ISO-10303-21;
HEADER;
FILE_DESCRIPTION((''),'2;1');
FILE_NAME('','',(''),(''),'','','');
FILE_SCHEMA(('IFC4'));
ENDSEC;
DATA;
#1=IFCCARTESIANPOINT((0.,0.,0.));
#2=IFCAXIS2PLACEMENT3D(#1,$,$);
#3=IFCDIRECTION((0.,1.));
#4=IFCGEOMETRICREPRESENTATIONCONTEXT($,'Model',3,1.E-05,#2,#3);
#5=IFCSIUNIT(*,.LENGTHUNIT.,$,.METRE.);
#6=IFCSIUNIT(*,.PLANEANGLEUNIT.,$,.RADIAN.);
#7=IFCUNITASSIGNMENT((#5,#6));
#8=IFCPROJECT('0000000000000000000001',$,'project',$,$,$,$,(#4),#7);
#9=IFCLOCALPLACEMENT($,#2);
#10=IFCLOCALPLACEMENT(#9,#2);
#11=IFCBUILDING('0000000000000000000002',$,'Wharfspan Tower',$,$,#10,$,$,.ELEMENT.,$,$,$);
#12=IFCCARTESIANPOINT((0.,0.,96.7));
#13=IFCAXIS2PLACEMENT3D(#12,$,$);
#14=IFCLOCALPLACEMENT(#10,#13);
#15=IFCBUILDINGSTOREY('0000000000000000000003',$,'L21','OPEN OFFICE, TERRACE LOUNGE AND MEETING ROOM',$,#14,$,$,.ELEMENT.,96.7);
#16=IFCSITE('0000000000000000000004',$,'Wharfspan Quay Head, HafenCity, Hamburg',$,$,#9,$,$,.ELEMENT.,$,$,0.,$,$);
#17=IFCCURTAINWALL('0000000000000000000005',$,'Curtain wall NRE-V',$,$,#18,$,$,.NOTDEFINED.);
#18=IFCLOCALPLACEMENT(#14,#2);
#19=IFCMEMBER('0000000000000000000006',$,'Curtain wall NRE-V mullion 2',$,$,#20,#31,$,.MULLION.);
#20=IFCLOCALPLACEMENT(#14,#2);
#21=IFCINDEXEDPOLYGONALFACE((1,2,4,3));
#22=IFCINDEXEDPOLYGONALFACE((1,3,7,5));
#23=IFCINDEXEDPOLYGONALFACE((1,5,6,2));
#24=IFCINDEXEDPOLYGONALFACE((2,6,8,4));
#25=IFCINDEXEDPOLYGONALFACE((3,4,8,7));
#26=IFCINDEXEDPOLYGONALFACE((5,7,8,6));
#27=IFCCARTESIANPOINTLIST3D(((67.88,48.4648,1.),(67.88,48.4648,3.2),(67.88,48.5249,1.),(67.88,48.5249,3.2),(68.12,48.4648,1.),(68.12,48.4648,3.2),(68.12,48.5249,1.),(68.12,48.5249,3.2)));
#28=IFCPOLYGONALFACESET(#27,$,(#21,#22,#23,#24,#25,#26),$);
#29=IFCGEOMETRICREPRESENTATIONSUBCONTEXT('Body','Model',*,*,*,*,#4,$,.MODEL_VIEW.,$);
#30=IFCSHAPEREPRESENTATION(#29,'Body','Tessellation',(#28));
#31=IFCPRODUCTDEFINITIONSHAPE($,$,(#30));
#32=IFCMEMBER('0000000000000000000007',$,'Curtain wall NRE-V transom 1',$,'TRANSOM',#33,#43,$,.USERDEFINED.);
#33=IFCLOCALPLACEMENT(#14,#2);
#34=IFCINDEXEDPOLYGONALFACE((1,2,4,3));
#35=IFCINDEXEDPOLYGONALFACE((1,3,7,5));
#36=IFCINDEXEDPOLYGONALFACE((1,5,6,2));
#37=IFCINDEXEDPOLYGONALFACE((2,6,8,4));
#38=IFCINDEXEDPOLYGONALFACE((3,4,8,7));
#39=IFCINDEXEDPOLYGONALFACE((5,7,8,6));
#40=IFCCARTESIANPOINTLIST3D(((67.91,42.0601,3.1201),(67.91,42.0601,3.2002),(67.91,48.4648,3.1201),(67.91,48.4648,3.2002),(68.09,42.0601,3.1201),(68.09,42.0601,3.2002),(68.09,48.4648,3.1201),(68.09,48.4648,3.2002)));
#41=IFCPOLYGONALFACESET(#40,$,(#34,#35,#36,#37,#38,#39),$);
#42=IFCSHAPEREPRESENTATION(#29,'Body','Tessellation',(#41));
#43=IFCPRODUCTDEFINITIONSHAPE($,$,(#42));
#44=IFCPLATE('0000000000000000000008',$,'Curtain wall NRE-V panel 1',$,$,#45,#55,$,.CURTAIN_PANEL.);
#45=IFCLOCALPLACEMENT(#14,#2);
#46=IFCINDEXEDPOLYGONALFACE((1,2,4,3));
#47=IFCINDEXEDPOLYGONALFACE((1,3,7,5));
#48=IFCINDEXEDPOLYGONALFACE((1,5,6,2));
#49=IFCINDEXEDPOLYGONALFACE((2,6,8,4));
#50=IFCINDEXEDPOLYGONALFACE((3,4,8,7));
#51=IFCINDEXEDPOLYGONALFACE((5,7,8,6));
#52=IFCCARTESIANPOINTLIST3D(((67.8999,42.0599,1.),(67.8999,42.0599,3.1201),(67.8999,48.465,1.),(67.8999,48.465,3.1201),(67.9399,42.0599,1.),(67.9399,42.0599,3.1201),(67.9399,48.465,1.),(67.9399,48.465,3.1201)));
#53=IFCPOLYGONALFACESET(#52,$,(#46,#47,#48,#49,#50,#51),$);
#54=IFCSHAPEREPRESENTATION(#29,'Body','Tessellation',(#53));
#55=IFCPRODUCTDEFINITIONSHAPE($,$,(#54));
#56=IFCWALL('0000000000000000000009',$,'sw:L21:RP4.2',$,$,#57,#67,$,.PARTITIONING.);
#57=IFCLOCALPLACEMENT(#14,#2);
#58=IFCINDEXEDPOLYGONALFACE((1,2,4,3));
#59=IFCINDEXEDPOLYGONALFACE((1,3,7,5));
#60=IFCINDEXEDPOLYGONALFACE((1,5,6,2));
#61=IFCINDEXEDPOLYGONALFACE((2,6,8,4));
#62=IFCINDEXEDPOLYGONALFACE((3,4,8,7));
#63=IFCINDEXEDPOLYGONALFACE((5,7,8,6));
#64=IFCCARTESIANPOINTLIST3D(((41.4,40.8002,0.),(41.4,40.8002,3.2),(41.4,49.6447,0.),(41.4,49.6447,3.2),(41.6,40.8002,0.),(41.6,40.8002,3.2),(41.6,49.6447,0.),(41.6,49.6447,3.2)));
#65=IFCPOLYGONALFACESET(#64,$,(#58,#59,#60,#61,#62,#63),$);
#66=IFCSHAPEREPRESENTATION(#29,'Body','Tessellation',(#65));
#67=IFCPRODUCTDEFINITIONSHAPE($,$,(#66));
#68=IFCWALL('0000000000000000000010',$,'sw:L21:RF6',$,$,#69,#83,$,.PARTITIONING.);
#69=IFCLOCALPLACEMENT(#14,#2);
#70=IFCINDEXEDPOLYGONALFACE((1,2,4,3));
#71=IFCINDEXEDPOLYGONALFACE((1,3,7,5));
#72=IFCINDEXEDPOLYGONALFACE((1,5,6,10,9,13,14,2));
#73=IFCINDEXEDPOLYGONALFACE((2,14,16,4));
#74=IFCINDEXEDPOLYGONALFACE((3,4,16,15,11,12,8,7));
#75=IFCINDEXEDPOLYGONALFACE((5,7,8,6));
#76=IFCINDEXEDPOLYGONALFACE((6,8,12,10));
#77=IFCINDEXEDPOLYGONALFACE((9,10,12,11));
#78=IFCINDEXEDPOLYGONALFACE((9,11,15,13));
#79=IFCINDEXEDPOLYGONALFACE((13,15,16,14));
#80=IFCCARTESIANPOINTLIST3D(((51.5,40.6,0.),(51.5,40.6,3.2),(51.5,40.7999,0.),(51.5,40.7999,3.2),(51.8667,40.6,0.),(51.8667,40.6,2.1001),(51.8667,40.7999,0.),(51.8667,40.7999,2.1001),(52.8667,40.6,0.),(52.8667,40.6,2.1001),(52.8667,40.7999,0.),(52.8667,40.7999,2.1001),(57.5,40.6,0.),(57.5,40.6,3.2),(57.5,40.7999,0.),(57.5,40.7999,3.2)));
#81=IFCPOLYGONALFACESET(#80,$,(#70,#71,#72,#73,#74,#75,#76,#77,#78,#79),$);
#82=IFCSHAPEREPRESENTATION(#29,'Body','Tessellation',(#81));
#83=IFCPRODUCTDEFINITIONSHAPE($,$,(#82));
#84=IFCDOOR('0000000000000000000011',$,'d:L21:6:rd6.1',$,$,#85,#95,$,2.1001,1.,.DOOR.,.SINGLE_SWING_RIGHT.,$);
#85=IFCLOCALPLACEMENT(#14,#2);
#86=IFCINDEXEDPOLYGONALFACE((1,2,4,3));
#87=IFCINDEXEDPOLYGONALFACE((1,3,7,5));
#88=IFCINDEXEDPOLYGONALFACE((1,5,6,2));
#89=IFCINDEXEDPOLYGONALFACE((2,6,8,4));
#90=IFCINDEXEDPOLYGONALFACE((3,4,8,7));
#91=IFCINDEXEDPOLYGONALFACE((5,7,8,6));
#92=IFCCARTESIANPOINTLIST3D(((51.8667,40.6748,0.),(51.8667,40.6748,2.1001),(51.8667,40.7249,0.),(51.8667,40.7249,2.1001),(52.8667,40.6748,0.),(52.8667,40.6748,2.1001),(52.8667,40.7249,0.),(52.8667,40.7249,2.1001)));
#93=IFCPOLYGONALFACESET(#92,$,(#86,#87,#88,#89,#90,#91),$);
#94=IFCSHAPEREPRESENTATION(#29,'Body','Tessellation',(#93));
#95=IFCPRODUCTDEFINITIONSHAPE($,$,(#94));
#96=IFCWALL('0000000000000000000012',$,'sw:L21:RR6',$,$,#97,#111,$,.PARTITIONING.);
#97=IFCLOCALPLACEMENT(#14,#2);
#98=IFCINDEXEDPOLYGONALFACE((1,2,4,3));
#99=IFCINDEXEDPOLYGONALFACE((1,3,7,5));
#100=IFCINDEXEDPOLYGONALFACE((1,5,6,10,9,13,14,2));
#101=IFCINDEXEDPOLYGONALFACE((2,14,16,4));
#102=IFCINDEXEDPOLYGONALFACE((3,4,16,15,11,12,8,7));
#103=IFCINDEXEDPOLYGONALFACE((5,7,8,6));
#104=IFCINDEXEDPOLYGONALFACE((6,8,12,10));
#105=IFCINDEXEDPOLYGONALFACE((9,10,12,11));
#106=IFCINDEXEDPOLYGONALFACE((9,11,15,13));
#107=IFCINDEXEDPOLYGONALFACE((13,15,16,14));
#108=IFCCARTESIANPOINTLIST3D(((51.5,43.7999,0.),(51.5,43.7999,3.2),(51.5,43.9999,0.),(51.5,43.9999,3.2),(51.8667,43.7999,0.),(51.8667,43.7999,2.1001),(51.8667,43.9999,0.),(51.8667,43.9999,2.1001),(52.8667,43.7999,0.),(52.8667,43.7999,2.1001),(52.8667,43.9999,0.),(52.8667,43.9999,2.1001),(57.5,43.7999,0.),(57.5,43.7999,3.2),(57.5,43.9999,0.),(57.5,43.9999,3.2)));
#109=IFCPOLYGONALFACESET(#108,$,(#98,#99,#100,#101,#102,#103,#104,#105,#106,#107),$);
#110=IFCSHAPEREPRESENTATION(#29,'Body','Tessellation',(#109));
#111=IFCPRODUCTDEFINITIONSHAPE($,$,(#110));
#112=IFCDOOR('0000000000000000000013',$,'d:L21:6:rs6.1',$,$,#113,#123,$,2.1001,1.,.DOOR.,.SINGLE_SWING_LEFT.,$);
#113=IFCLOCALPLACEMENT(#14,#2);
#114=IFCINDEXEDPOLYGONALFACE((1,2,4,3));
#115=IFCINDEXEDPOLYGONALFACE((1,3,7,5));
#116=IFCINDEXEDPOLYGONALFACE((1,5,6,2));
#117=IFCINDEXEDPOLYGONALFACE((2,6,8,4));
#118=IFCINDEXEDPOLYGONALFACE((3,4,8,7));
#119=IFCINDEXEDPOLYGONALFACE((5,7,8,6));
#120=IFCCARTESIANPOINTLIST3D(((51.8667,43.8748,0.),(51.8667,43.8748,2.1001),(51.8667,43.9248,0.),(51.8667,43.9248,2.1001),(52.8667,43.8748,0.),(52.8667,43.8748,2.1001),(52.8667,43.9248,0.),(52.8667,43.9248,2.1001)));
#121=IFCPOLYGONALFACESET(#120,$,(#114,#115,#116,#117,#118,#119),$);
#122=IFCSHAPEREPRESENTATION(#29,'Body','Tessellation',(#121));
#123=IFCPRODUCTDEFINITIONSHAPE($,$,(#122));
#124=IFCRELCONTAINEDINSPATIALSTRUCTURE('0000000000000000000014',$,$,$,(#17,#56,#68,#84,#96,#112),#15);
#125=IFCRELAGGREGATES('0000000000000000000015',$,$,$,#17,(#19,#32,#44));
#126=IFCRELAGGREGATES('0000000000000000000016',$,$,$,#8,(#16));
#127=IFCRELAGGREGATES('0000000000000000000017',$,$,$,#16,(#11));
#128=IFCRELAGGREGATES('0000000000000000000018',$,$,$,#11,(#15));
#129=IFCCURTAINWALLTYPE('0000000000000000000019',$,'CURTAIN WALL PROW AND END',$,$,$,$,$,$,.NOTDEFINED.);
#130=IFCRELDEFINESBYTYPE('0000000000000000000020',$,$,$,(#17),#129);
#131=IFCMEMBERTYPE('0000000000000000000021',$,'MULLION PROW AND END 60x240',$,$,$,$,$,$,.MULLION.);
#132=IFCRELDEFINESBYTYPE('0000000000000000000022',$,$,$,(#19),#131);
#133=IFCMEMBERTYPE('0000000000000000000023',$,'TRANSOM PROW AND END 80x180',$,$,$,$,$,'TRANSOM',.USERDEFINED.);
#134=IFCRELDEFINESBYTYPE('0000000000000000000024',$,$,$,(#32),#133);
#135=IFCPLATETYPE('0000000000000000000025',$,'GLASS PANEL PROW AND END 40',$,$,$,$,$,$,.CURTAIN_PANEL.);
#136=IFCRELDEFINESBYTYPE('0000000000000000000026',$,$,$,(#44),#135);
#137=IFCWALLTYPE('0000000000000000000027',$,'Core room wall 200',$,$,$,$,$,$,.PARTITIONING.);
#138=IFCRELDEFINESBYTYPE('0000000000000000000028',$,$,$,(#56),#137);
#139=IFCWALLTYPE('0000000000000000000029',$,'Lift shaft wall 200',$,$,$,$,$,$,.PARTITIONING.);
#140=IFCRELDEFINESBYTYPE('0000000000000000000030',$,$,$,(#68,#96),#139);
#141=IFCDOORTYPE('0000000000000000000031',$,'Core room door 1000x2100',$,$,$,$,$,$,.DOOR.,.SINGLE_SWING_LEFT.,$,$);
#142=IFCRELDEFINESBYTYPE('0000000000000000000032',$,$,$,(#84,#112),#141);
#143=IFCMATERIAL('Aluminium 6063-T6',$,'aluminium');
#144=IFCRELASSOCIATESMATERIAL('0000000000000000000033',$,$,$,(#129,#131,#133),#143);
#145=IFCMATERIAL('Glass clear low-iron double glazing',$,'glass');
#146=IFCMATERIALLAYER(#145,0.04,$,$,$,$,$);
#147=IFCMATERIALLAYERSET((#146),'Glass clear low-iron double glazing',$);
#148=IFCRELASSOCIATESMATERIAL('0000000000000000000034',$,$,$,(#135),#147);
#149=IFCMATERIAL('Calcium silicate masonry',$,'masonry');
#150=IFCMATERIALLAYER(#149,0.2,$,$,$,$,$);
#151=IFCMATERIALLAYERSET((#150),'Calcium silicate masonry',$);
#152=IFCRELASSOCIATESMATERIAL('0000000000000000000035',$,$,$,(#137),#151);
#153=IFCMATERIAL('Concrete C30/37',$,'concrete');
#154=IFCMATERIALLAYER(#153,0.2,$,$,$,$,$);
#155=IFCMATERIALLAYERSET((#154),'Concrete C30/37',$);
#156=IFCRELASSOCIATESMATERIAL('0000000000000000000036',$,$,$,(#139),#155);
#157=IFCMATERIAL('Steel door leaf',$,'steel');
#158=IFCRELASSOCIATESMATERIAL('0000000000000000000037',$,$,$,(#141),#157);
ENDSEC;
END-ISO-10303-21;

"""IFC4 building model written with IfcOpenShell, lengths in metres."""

from ifc_helpers import new_model, si_unit, direction, frame, frame_2d, origin, origin_2d, place, context, subcontext, project, spatial, rectangle, extrude, material, layer, layer_set, material_profile, profile_set, type_object, element, fill, aggregate, save


model = new_model("IFC4")

# Units and contexts
model_context = context("Model", 3, precision=1e-05, world=origin(), true_north=direction((0.0, 1.0)))
body_context = subcontext(model_context, "Body", "Model", "MODEL_VIEW")
ifc_project = project(units=[si_unit("LENGTHUNIT", "METRE"), si_unit("PLANEANGLEUNIT", "RADIAN")], contexts=[model_context])

# Site, building, storey
site_placement = place(None, origin())
site = spatial("IfcSite", under=ifc_project, at=site_placement, Name="Wharfspan Quay Head, HafenCity, Hamburg", CompositionType="ELEMENT", RefElevation=0.0)
building_placement = place(site_placement, origin())
building = spatial("IfcBuilding", under=site, at=building_placement, Name="Wharfspan Tower", CompositionType="ELEMENT")
storey_placement = place(building_placement, frame((0.0, 0.0, 96.7)))
storey = spatial("IfcBuildingStorey", under=building, at=storey_placement, Name="L21", Description="OPEN OFFICE, TERRACE LOUNGE AND MEETING ROOM", CompositionType="ELEMENT", Elevation=96.7)

# Shared definitions
ifc_material_1 = material(Name="Aluminium 6063-T6", Category="aluminium")
curtain_wall_type = type_object("IfcCurtainWallType", Name="CURTAIN WALL PROW AND END", PredefinedType="NOTDEFINED", material=ifc_material_1)
ifc_material_profile_1 = material_profile(ifc_material_1, rectangle(XDim=0.24, YDim=0.0601, at=origin_2d()))
ifc_profile_set_1 = profile_set([ifc_material_profile_1], Name="Aluminium 6063-T6")
member_type_1 = type_object("IfcMemberType", Name="MULLION PROW AND END 60x240", PredefinedType="MULLION", material=ifc_profile_set_1)

# Curtain wall, members, plate
curtain_wall_1_placement = place(storey_placement, origin())
curtain_wall_1 = element("IfcCurtainWall", 1, at=curtain_wall_1_placement, inside=storey, type_object=curtain_wall_type, Name="Curtain wall NRE-V", PredefinedType="NOTDEFINED")
member_1_placement = place(storey_placement, frame((68.0, 48.4949, 1.0), z_axis=(0.0, 0.0, 1.0), x_axis=(-1.0, 0.0, 0.0)))
member_1 = element("IfcMember", 2, at=member_1_placement, type_object=member_type_1, Name="Curtain wall NRE-V mullion 2", PredefinedType="MULLION", context=body_context, shape_type="SweptSolid", body=[
    extrude(rectangle(XDim=0.24, YDim=0.0601, at=origin_2d()), origin(), (0.0, 0.0, 1.0), 2.2),
])
ifc_material_profile_2 = material_profile(ifc_material_1, rectangle(XDim=0.1799, YDim=0.0801, at=origin_2d()))
ifc_profile_set_2 = profile_set([ifc_material_profile_2], Name="Aluminium 6063-T6")
member_type_2 = type_object("IfcMemberType", Name="TRANSOM PROW AND END 80x180", ElementType="TRANSOM", PredefinedType="USERDEFINED", material=ifc_profile_set_2)
member_2_placement = place(storey_placement, frame((68.0, 42.0601, 3.1602), z_axis=(0.0, 1.0, 0.0), x_axis=(-1.0, 0.0, 0.0)))
member_2 = element("IfcMember", 3, at=member_2_placement, type_object=member_type_2, Name="Curtain wall NRE-V transom 1", ObjectType="TRANSOM", PredefinedType="USERDEFINED", context=body_context, shape_type="SweptSolid", body=[
    extrude(rectangle(XDim=0.1799, YDim=0.0801, at=origin_2d()), origin(), (0.0, 0.0, 1.0), 6.4048),
])
ifc_material_2 = material(Name="Glass clear low-iron double glazing", Category="glass")
ifc_layer_1 = layer(ifc_material_2, 0.04)
ifc_layer_set_1 = layer_set([ifc_layer_1], Name="Glass clear low-iron double glazing")
plate_type = type_object("IfcPlateType", Name="GLASS PANEL PROW AND END 40", PredefinedType="CURTAIN_PANEL", material=ifc_layer_set_1)
plate_placement = place(storey_placement, frame((67.9199, 45.2625, 1.0), z_axis=(0.0, 0.0, 1.0), x_axis=(0.0, 1.0, 0.0)))
plate = element("IfcPlate", 4, at=plate_placement, type_object=plate_type, Name="Curtain wall NRE-V panel 1", PredefinedType="CURTAIN_PANEL", context=body_context, shape_type="SweptSolid", body=[
    extrude(rectangle(XDim=6.405, YDim=0.04, at=origin_2d()), origin(), (0.0, 0.0, 1.0), 2.1201),
])
aggregate(curtain_wall_1, [member_1, member_2, plate])

# Wall
ifc_material_3 = material(Name="Calcium silicate masonry", Category="masonry")
ifc_layer_2 = layer(ifc_material_3, 0.2)
ifc_layer_set_2 = layer_set([ifc_layer_2], Name="Calcium silicate masonry")
wall_type_1 = type_object("IfcWallType", Name="Core room wall 200", PredefinedType="PARTITIONING", material=ifc_layer_set_2)
wall_1_placement = place(storey_placement, frame((41.5, 40.8, 0.0), z_axis=(0.0, 0.0, 1.0), x_axis=(0.0, 1.0, 0.0)))
element("IfcWall", 5, at=wall_1_placement, inside=storey, type_object=wall_type_1, Name="sw:L21:RP4.2", PredefinedType="PARTITIONING", context=body_context, shape_type="SweptSolid", body=[
    extrude(rectangle(XDim=8.8445, YDim=0.2, at=frame_2d((4.4224, 0.0))), origin(), (0.0, 0.0, 1.0), 3.2),
])

# Walls, openings, doors
ifc_material_4 = material(Name="Concrete C30/37", Category="concrete")
ifc_layer_3 = layer(ifc_material_4, 0.2)
ifc_layer_set_3 = layer_set([ifc_layer_3], Name="Concrete C30/37")
wall_type_2 = type_object("IfcWallType", Name="Lift shaft wall 200", PredefinedType="PARTITIONING", material=ifc_layer_set_3)
wall_2_placement = place(storey_placement, frame((51.5, 40.7, 0.0), z_axis=(0.0, 0.0, 1.0), x_axis=(1.0, 0.0, 0.0)))
wall_2 = element("IfcWall", 6, at=wall_2_placement, inside=storey, type_object=wall_type_2, Name="sw:L21:RF6", PredefinedType="PARTITIONING", context=body_context, shape_type="SweptSolid", body=[
    extrude(rectangle(XDim=6.0, YDim=0.2, at=frame_2d((3.0, 0.0))), origin(), (0.0, 0.0, 1.0), 3.2),
])
opening_1_placement = place(wall_2_placement, frame((0.3667, 0.0, 0.0)))
opening_1 = element("IfcOpeningElement", 7, at=opening_1_placement, cuts=wall_2, PredefinedType="OPENING", context=body_context, shape_type="SweptSolid", body=[
    extrude(rectangle(XDim=1.0, YDim=2.1001, at=frame_2d((0.5, 1.05))), frame((0.0, 0.1099, 0.0), z_axis=(0.0, -1.0, 0.0), x_axis=(1.0, 0.0, 0.0)), (0.0, 0.0, 1.0), 0.22),
])
ifc_material_5 = material(Name="Steel door leaf", Category="steel")
door_type_1 = type_object("IfcDoorType", Name="Core room door 1000x2100", OperationType="SINGLE_SWING_LEFT", PredefinedType="DOOR", material=ifc_material_5)
door_1_placement = place(opening_1_placement, origin())
door_1 = element("IfcDoor", 8, at=door_1_placement, inside=storey, type_object=door_type_1, Name="d:L21:6:rd6.1", OperationType="SINGLE_SWING_RIGHT", OverallHeight=2.1001, OverallWidth=1.0, PredefinedType="DOOR", context=body_context, shape_type="SweptSolid", body=[
    extrude(rectangle(XDim=1.0, YDim=2.1001, at=frame_2d((0.5, 1.05))), frame((0.0, 0.0249, 0.0), z_axis=(0.0, -1.0, 0.0), x_axis=(1.0, 0.0, 0.0)), (0.0, 0.0, 1.0), 0.05),
])
fill(opening_1, door_1)
wall_3_placement = place(storey_placement, frame((51.5, 43.8999, 0.0), z_axis=(0.0, 0.0, 1.0), x_axis=(1.0, 0.0, 0.0)))
wall_3 = element("IfcWall", 9, at=wall_3_placement, inside=storey, type_object=wall_type_2, Name="sw:L21:RR6", PredefinedType="PARTITIONING", context=body_context, shape_type="SweptSolid", body=[
    extrude(rectangle(XDim=6.0, YDim=0.2, at=frame_2d((3.0, 0.0))), origin(), (0.0, 0.0, 1.0), 3.2),
])
opening_2_placement = place(wall_3_placement, frame((0.3667, 0.0, 0.0)))
opening_2 = element("IfcOpeningElement", 10, at=opening_2_placement, cuts=wall_3, PredefinedType="OPENING", context=body_context, shape_type="SweptSolid", body=[
    extrude(rectangle(XDim=1.0, YDim=2.1001, at=frame_2d((0.5, 1.05))), frame((0.0, 0.1099, 0.0), z_axis=(0.0, -1.0, 0.0), x_axis=(1.0, 0.0, 0.0)), (0.0, 0.0, 1.0), 0.22),
])
door_2_placement = place(opening_2_placement, origin())
door_2 = element("IfcDoor", 11, at=door_2_placement, inside=storey, type_object=door_type_1, Name="d:L21:6:rs6.1", OperationType="SINGLE_SWING_LEFT", OverallHeight=2.1001, OverallWidth=1.0, PredefinedType="DOOR", context=body_context, shape_type="SweptSolid", body=[
    extrude(rectangle(XDim=1.0, YDim=2.1001, at=frame_2d((0.5, 1.05))), frame((0.0, 0.0249, 0.0), z_axis=(0.0, -1.0, 0.0), x_axis=(1.0, 0.0, 0.0)), (0.0, 0.0, 1.0), 0.05),
])
fill(opening_2, door_2)

save(model, "model.ifc")
